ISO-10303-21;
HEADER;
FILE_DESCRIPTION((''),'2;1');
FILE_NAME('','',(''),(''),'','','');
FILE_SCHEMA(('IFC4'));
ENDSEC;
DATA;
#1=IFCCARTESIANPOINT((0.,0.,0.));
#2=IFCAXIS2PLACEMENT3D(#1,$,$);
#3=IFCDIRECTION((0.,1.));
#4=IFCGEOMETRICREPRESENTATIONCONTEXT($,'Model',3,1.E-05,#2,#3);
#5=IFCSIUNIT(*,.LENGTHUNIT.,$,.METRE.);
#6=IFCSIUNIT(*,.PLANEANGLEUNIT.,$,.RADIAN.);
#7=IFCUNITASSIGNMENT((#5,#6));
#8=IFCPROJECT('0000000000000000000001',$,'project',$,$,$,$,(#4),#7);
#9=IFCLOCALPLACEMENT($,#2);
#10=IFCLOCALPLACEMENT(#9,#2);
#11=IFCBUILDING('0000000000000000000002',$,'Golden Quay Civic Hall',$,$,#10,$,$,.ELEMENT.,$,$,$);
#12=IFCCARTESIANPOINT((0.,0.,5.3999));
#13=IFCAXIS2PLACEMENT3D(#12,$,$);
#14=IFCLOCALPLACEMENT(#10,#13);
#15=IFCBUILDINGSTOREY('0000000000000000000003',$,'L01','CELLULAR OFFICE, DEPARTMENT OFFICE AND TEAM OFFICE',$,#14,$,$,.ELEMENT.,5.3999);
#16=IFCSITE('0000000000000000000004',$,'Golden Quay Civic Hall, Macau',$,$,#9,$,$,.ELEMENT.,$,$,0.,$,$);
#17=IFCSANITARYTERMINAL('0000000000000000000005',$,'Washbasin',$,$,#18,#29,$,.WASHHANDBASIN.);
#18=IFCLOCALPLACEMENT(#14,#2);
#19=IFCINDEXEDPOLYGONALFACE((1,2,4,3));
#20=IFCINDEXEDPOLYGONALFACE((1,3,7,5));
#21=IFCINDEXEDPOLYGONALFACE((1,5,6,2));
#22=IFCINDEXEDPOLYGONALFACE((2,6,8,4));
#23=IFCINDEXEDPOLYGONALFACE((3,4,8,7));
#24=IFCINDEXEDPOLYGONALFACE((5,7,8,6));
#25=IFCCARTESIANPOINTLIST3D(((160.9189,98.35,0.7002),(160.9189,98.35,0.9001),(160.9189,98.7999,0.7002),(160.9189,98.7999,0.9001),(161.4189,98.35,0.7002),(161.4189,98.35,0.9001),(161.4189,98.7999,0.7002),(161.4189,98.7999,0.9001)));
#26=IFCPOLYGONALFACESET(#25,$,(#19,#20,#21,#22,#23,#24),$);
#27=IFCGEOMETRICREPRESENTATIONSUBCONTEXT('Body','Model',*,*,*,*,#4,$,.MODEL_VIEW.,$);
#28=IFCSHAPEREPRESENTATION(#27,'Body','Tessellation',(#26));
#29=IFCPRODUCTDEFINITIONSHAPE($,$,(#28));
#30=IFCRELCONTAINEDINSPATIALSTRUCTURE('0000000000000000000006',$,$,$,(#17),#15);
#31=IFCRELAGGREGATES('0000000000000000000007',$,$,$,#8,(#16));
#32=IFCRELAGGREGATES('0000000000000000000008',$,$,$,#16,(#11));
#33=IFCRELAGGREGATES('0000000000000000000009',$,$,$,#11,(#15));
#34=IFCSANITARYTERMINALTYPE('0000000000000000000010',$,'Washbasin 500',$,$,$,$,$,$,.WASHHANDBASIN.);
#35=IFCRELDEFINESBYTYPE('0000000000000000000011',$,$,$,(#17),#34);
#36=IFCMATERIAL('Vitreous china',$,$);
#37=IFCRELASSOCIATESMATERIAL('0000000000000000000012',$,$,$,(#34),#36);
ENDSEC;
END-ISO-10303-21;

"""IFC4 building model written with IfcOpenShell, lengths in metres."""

from ifc_helpers import new_model, si_unit, direction, frame, origin, origin_2d, place, context, subcontext, project, spatial, rectangle, extrude, material, type_object, element, save


model = new_model("IFC4")

# Units and contexts
model_context = context("Model", 3, precision=1e-05, world=origin(), true_north=direction((0.0, 1.0)))
body_context = subcontext(model_context, "Body", "Model", "MODEL_VIEW")
ifc_project = project(units=[si_unit("LENGTHUNIT", "METRE"), si_unit("PLANEANGLEUNIT", "RADIAN")], contexts=[model_context])

# Site, building, storey
site_placement = place(None, origin())
site = spatial("IfcSite", under=ifc_project, at=site_placement, Name="Golden Quay Civic Hall, Macau", CompositionType="ELEMENT", RefElevation=0.0)
building_placement = place(site_placement, origin())
building = spatial("IfcBuilding", under=site, at=building_placement, Name="Golden Quay Civic Hall", CompositionType="ELEMENT")
storey_placement = place(building_placement, frame((0.0, 0.0, 5.3999)))
storey = spatial("IfcBuildingStorey", under=building, at=storey_placement, Name="L01", Description="CELLULAR OFFICE, DEPARTMENT OFFICE AND TEAM OFFICE", CompositionType="ELEMENT", Elevation=5.3999)

# Sanitary terminal
ifc_material_1 = material(Name="Vitreous china")
sanitary_terminal_type_1 = type_object("IfcSanitaryTerminalType", Name="Washbasin 500", PredefinedType="WASHHANDBASIN", material=ifc_material_1)
for number, where, z_axis, x_axis, name in (
    (1, (161.1689, 98.575, 0.7002), (0.0, 0.0, 1.0), (1.0, 0.0, 0.0), "Washbasin"),
):
    element("IfcSanitaryTerminal", number, at=place(storey_placement, frame(where, z_axis=z_axis, x_axis=x_axis)), inside=storey, type_object=sanitary_terminal_type_1, Name=name, PredefinedType="WASHHANDBASIN", context=body_context, shape_type="SweptSolid", body=[
        extrude(rectangle(XDim=0.5, YDim=0.45, at=origin_2d()), origin(), (0.0, 0.0, 1.0), 0.2),
    ])

save(model, "model.ifc")
